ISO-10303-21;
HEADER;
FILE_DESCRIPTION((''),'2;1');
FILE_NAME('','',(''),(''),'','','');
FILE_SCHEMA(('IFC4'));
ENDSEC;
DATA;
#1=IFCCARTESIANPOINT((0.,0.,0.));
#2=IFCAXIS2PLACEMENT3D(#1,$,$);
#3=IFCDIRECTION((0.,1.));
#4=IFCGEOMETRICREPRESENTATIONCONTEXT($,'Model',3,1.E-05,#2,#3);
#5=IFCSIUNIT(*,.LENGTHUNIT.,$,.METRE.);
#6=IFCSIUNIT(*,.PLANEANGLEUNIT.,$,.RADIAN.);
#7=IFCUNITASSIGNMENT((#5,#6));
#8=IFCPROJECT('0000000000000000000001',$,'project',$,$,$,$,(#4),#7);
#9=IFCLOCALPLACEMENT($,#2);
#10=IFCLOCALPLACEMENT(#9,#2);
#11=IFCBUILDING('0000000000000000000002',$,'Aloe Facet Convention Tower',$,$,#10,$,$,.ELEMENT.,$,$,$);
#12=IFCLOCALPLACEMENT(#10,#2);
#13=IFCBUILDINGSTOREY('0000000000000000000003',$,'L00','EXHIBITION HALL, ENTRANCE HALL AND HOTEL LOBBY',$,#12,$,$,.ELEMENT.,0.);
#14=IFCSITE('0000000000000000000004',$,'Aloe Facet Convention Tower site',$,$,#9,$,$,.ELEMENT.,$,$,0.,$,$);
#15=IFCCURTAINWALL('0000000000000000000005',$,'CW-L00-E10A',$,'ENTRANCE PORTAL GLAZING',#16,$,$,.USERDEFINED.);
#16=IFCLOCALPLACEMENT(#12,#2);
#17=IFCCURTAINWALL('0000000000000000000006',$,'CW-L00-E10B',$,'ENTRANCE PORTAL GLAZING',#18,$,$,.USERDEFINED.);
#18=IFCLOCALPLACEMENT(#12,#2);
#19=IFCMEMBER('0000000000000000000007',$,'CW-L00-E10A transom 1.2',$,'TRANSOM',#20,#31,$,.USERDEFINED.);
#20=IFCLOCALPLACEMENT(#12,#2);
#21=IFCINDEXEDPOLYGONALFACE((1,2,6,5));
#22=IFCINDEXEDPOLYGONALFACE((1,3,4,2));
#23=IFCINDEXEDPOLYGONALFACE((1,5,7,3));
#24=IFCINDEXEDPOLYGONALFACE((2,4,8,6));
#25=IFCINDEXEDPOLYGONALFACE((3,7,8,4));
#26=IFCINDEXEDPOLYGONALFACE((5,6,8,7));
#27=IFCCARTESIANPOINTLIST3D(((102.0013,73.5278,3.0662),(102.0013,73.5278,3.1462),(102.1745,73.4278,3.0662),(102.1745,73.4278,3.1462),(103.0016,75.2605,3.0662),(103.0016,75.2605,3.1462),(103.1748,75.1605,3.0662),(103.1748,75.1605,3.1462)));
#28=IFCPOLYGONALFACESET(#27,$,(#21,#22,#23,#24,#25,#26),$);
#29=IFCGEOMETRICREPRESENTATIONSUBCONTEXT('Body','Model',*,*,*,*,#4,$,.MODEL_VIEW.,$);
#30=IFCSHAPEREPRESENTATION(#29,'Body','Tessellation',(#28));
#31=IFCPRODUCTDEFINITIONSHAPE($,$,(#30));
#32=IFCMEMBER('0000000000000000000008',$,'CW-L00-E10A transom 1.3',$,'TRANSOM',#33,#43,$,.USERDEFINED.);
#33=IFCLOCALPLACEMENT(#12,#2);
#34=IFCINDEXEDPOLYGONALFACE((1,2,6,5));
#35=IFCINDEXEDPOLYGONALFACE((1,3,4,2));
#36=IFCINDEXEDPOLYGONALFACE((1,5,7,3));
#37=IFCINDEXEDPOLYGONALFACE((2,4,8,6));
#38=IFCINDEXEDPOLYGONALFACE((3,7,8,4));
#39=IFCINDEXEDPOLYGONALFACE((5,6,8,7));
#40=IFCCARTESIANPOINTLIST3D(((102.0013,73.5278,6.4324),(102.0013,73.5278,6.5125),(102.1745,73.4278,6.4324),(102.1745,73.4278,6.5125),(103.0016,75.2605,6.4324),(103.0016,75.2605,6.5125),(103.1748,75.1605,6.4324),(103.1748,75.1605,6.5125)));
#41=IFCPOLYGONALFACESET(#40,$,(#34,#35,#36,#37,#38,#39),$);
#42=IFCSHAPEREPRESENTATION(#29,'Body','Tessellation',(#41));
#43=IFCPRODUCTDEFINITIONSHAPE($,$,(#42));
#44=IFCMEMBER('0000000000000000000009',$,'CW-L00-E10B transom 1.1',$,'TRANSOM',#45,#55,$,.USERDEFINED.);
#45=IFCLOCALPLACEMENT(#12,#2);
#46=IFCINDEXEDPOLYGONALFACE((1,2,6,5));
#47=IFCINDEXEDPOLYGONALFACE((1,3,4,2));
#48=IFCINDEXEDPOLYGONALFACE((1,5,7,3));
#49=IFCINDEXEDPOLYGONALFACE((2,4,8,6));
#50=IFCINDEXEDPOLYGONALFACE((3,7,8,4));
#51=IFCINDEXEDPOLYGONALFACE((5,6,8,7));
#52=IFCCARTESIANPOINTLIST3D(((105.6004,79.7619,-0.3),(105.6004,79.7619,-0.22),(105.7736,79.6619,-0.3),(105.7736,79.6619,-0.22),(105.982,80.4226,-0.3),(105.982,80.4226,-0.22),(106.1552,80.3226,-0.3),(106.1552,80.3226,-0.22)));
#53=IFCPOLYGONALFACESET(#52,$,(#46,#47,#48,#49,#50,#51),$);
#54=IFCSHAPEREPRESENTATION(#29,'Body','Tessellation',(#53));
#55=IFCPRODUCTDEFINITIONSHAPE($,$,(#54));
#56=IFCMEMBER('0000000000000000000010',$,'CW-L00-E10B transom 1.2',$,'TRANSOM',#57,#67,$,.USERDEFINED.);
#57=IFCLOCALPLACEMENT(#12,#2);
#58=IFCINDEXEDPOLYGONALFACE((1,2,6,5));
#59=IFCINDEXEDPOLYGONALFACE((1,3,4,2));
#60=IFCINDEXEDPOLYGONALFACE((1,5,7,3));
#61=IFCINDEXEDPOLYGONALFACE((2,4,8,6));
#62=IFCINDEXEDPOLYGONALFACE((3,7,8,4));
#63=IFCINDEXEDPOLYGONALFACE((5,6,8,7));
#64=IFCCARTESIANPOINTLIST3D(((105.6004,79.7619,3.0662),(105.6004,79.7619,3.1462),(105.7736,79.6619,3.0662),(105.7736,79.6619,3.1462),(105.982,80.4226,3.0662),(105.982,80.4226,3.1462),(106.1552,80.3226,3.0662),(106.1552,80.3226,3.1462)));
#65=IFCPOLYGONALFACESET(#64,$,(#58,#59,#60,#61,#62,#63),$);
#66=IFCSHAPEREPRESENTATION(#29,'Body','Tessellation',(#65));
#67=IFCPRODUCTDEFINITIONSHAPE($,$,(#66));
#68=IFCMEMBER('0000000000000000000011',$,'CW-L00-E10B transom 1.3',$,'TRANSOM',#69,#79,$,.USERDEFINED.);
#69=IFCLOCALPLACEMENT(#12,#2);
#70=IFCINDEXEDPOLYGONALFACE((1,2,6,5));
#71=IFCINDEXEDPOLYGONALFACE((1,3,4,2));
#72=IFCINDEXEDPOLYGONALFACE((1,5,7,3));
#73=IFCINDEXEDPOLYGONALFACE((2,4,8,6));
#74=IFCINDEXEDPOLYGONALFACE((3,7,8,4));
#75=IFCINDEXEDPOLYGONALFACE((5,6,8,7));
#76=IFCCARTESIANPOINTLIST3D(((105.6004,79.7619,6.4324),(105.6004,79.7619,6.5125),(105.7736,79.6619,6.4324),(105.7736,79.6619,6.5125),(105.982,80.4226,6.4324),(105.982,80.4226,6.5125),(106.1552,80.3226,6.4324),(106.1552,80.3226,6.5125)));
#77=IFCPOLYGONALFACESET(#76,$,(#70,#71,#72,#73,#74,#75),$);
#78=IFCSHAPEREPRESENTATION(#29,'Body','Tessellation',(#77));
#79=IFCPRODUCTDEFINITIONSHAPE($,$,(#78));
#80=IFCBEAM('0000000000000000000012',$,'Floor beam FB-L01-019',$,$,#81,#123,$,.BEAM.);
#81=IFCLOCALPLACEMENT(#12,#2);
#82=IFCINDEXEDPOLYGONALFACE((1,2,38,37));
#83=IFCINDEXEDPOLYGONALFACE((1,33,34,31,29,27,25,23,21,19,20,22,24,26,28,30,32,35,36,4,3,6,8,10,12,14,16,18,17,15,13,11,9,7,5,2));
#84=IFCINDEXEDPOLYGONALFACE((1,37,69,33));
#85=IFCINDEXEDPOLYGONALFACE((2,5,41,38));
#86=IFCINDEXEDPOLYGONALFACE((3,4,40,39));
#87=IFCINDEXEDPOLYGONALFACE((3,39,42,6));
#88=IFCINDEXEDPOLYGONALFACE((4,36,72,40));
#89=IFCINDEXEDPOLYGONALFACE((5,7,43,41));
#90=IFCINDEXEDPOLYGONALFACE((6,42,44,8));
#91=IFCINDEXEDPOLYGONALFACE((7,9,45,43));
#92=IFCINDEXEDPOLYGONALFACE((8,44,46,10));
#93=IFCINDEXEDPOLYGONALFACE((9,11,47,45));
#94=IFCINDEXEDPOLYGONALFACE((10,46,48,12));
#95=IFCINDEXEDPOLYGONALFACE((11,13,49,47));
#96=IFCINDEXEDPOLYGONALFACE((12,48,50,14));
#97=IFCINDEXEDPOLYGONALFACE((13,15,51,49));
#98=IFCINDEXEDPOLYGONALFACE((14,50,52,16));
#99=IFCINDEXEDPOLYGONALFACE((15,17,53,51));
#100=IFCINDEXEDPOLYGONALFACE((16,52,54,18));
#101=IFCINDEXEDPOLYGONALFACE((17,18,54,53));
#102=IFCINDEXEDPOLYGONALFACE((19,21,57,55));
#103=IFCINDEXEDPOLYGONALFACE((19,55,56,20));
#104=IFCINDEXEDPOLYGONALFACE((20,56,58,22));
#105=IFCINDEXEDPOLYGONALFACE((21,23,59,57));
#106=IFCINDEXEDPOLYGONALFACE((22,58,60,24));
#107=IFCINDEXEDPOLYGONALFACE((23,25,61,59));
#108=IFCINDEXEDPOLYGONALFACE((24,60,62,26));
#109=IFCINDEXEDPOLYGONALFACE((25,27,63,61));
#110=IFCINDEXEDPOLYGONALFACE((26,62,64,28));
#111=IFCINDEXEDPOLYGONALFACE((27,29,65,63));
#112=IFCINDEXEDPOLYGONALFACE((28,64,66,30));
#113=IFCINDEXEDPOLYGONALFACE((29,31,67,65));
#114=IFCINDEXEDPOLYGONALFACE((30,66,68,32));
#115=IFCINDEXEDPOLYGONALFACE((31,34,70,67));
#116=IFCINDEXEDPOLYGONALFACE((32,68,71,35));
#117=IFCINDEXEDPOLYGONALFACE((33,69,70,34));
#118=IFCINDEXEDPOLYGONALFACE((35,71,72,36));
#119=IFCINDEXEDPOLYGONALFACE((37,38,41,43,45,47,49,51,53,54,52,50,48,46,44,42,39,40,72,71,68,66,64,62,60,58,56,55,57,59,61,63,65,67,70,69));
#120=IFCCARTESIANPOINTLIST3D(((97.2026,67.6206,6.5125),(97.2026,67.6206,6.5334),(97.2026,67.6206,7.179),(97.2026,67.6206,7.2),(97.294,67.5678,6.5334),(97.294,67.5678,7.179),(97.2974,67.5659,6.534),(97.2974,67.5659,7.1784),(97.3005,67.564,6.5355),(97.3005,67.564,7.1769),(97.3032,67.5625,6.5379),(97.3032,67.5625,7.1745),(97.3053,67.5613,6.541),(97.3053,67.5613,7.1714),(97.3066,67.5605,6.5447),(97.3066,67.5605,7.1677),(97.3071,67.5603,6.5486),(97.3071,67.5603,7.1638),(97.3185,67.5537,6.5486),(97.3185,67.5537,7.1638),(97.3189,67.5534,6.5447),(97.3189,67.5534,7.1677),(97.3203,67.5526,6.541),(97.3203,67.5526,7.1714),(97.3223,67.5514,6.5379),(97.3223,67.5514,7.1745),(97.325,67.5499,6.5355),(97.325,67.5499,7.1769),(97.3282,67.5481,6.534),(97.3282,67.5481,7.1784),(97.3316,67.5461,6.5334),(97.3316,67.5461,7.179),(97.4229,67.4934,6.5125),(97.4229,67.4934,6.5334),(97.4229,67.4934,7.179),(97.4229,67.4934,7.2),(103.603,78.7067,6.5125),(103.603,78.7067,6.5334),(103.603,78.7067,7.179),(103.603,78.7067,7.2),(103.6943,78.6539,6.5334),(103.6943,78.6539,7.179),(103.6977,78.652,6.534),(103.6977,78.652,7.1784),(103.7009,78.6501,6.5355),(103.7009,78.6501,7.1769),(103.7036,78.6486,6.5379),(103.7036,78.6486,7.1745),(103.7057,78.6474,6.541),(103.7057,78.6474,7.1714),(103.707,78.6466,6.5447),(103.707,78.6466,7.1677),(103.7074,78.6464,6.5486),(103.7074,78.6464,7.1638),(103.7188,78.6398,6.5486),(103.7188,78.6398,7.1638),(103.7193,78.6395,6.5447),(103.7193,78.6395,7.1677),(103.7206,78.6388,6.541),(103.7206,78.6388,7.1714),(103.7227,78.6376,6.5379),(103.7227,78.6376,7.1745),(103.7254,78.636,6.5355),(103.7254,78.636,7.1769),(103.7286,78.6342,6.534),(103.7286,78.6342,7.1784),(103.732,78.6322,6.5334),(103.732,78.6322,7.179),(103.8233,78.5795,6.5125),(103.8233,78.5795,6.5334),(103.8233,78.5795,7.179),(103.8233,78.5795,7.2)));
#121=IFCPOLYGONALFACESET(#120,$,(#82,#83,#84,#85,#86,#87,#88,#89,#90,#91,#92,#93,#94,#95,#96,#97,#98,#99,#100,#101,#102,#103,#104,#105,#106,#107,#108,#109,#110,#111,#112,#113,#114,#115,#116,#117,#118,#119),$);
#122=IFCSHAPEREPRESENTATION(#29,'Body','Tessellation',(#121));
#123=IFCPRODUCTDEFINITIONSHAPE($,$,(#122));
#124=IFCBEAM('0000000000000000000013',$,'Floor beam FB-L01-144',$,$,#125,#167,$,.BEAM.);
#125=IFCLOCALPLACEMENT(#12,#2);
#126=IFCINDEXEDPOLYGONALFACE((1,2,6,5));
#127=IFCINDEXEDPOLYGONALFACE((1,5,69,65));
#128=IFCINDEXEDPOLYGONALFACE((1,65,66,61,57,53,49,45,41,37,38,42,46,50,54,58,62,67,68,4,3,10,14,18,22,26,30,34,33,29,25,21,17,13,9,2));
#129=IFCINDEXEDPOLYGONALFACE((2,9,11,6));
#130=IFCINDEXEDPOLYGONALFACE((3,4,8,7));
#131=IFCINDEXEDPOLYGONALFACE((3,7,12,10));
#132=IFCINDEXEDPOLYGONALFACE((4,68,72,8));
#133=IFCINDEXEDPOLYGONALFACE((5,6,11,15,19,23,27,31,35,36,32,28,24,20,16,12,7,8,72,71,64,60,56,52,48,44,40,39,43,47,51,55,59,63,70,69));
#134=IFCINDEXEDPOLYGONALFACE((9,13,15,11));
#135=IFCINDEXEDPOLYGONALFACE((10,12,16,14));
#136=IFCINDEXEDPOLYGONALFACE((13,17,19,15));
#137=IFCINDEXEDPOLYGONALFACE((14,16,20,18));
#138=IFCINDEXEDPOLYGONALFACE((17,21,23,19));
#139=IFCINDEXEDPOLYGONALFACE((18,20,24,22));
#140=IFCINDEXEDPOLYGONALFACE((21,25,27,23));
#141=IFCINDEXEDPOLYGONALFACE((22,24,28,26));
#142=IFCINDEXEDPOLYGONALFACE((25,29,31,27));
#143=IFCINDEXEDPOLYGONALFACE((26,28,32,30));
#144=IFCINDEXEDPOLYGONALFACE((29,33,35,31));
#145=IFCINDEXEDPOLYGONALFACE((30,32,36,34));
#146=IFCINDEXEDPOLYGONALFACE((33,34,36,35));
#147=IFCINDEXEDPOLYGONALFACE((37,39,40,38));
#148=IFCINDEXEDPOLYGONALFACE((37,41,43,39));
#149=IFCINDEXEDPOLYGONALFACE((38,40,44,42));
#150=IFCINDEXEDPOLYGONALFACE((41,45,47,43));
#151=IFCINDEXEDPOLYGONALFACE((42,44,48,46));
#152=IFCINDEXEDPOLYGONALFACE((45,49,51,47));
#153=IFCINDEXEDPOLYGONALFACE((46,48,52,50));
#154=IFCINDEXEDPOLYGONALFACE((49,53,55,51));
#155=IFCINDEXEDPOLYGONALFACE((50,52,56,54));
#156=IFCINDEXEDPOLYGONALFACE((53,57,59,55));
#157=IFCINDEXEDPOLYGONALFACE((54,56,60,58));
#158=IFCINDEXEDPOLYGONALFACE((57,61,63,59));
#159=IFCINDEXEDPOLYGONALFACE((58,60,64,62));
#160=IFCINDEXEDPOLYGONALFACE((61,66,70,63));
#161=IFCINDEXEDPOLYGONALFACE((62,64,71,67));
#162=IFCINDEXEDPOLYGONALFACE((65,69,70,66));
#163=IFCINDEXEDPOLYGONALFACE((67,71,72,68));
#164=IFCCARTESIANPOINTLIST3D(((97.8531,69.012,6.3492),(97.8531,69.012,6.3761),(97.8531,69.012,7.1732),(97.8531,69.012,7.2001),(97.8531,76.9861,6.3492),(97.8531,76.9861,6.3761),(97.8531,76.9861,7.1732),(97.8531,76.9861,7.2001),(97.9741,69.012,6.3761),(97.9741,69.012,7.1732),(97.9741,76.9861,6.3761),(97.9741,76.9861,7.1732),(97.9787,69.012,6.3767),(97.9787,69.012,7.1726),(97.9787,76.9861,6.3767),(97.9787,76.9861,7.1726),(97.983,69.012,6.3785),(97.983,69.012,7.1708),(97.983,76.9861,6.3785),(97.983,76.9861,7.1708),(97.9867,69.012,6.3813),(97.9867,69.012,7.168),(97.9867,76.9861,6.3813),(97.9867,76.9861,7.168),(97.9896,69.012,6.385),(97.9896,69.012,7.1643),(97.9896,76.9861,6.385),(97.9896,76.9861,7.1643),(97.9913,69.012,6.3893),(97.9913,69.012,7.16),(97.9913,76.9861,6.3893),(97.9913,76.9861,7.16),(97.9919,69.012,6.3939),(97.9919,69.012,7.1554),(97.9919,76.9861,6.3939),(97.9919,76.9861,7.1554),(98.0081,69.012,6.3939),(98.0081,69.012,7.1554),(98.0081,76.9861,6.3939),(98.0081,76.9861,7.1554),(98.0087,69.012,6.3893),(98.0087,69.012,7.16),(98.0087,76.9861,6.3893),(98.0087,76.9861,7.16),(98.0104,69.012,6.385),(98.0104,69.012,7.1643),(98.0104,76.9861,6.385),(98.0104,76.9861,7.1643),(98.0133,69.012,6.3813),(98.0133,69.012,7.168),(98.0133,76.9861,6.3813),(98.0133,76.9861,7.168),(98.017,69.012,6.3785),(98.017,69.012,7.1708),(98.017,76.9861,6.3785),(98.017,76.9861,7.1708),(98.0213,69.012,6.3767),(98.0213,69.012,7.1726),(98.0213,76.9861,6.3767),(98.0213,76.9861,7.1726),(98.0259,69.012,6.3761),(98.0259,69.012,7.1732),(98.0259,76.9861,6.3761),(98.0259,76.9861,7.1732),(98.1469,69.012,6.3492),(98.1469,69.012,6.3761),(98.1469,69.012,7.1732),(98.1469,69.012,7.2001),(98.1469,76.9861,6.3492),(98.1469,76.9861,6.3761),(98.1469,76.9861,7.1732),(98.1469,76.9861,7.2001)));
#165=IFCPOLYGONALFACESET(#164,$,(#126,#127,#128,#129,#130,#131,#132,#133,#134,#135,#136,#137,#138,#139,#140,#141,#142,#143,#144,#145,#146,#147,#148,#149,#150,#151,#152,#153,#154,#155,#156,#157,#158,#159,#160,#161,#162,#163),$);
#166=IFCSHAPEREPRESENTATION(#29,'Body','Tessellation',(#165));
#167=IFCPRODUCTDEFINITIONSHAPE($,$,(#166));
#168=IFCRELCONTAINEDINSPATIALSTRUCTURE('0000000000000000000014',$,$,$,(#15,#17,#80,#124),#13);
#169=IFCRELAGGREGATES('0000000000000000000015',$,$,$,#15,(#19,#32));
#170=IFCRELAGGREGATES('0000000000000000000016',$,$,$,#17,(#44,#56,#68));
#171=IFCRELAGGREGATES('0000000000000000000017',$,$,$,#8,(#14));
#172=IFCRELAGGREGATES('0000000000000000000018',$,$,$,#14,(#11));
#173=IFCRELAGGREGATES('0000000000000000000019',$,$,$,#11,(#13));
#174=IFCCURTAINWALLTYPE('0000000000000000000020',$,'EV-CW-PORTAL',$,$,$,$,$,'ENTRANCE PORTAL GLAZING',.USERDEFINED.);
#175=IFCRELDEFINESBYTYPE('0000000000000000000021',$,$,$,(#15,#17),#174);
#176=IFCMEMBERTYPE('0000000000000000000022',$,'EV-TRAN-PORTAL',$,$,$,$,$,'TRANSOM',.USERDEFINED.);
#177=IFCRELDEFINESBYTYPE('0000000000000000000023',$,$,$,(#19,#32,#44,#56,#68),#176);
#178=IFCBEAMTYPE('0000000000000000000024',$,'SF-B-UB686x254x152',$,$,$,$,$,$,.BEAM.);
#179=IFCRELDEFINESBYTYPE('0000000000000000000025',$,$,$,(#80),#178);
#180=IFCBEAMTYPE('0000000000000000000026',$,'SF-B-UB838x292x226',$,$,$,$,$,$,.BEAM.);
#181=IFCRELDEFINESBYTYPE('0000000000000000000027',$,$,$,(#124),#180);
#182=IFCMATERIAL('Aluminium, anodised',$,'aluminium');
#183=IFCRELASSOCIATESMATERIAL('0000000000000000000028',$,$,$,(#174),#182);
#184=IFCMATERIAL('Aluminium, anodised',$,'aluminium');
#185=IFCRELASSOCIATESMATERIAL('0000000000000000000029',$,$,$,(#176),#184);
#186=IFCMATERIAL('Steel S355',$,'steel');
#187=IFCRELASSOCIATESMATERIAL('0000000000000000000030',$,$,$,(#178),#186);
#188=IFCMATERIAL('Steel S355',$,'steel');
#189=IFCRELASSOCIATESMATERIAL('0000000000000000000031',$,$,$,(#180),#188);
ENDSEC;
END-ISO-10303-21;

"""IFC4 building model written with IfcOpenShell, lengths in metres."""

from ifc_helpers import new_model, si_unit, direction, frame, origin, origin_2d, place, context, subcontext, project, spatial, rectangle, i_section, extrude, material, material_profile, profile_set, type_object, element, aggregate, save


model = new_model("IFC4")

# Units and contexts
model_context = context("Model", 3, precision=1e-05, world=origin(), true_north=direction((0.0, 1.0)))
body_context = subcontext(model_context, "Body", "Model", "MODEL_VIEW")
ifc_project = project(units=[si_unit("LENGTHUNIT", "METRE"), si_unit("PLANEANGLEUNIT", "RADIAN")], contexts=[model_context])

# Site, building, storey
site_placement = place(None, origin())
site = spatial("IfcSite", under=ifc_project, at=site_placement, Name="Aloe Facet Convention Tower site", CompositionType="ELEMENT", RefElevation=0.0)
building_placement = place(site_placement, origin())
building = spatial("IfcBuilding", under=site, at=building_placement, Name="Aloe Facet Convention Tower", CompositionType="ELEMENT")
storey_placement = place(building_placement, origin())
storey = spatial("IfcBuildingStorey", under=building, at=storey_placement, Name="L00", Description="EXHIBITION HALL, ENTRANCE HALL AND HOTEL LOBBY", CompositionType="ELEMENT", Elevation=0.0)

# Curtain wall
ifc_material_1 = material(Name="Aluminium, anodised", Category="aluminium")
curtain_wall_type = type_object("IfcCurtainWallType", Name="EV-CW-PORTAL", ElementType="ENTRANCE PORTAL GLAZING", PredefinedType="USERDEFINED", material=ifc_material_1)
curtain_wall_1_placement = place(storey_placement, origin())
curtain_wall_1 = element("IfcCurtainWall", 1, at=curtain_wall_1_placement, inside=storey, type_object=curtain_wall_type, Name="CW-L00-E10A", ObjectType="ENTRANCE PORTAL GLAZING", PredefinedType="USERDEFINED")

# Curtain wall
curtain_wall_2_placement = place(storey_placement, origin())
curtain_wall_2 = element("IfcCurtainWall", 2, at=curtain_wall_2_placement, inside=storey, type_object=curtain_wall_type, Name="CW-L00-E10B", ObjectType="ENTRANCE PORTAL GLAZING", PredefinedType="USERDEFINED")

# Members
ifc_material_2 = material(Name="Aluminium, anodised", Category="aluminium")
ifc_material_profile_1 = material_profile(ifc_material_2, rectangle(XDim=0.2, YDim=0.0801, at=origin_2d()), Name="AL 200x80")
ifc_profile_set_1 = profile_set([ifc_material_profile_1], Name="Aluminium, anodised")
member_type_1 = type_object("IfcMemberType", Name="EV-TRAN-PORTAL", ElementType="TRANSOM", PredefinedType="USERDEFINED", material=ifc_profile_set_1)
member_1_placement = place(storey_placement, frame((102.0879, 73.4778, 3.1062), z_axis=(0.499958, 0.866049, 0.0), x_axis=(-0.866049, 0.499958, 0.0)))
member_1 = element("IfcMember", 3, at=member_1_placement, type_object=member_type_1, Name="CW-L00-E10A transom 1.2", ObjectType="TRANSOM", PredefinedType="USERDEFINED", context=body_context, shape_type="SweptSolid", body=[
    extrude(rectangle(XDim=0.2, YDim=0.0801, at=origin_2d()), origin(), (0.0, 0.0, 1.0), 2.0007),
])
member_2_placement = place(storey_placement, frame((102.0879, 73.4778, 6.4724), z_axis=(0.499958, 0.866049, 0.0), x_axis=(-0.866049, 0.499958, 0.0)))
member_2 = element("IfcMember", 4, at=member_2_placement, type_object=member_type_1, Name="CW-L00-E10A transom 1.3", ObjectType="TRANSOM", PredefinedType="USERDEFINED", context=body_context, shape_type="SweptSolid", body=[
    extrude(rectangle(XDim=0.2, YDim=0.0801, at=origin_2d()), origin(), (0.0, 0.0, 1.0), 2.0007),
])
member_3_placement = place(storey_placement, frame((105.687, 79.7119, -0.26), z_axis=(0.500166, 0.86593, 0.0), x_axis=(-0.86593, 0.500166, 0.0)))
member_3 = element("IfcMember", 5, at=member_3_placement, type_object=member_type_1, Name="CW-L00-E10B transom 1.1", ObjectType="TRANSOM", PredefinedType="USERDEFINED", context=body_context, shape_type="SweptSolid", body=[
    extrude(rectangle(XDim=0.2, YDim=0.0801, at=origin_2d()), origin(), (0.0, 0.0, 1.0), 0.7629),
])
member_4_placement = place(storey_placement, frame((105.687, 79.7119, 3.1062), z_axis=(0.500166, 0.86593, 0.0), x_axis=(-0.86593, 0.500166, 0.0)))
member_4 = element("IfcMember", 6, at=member_4_placement, type_object=member_type_1, Name="CW-L00-E10B transom 1.2", ObjectType="TRANSOM", PredefinedType="USERDEFINED", context=body_context, shape_type="SweptSolid", body=[
    extrude(rectangle(XDim=0.2, YDim=0.0801, at=origin_2d()), origin(), (0.0, 0.0, 1.0), 0.7629),
])
member_5_placement = place(storey_placement, frame((105.687, 79.7119, 6.4724), z_axis=(0.500166, 0.86593, 0.0), x_axis=(-0.86593, 0.500166, 0.0)))
member_5 = element("IfcMember", 7, at=member_5_placement, type_object=member_type_1, Name="CW-L00-E10B transom 1.3", ObjectType="TRANSOM", PredefinedType="USERDEFINED", context=body_context, shape_type="SweptSolid", body=[
    extrude(rectangle(XDim=0.2, YDim=0.0801, at=origin_2d()), origin(), (0.0, 0.0, 1.0), 0.7629),
])

# Beams
ifc_material_3 = material(Name="Steel S355", Category="steel")
ifc_material_profile_2 = material_profile(ifc_material_3, i_section(OverallWidth=0.2544, OverallDepth=0.6875, WebThickness=0.0132, FlangeThickness=0.021, FilletRadius=0.0151, at=origin_2d()), Name="UB 686x254x152")
ifc_profile_set_2 = profile_set([ifc_material_profile_2], Name="Steel S355")
beam_type_1 = type_object("IfcBeamType", Name="SF-B-UB686x254x152", PredefinedType="BEAM", material=ifc_profile_set_2)
beam_1_placement = place(storey_placement, frame((103.7131, 78.6431, 6.8562), z_axis=(-0.499987, -0.866033, 0.0), x_axis=(0.866033, -0.499987, 0.0)))
element("IfcBeam", 8, at=beam_1_placement, inside=storey, type_object=beam_type_1, Name="Floor beam FB-L01-019", PredefinedType="BEAM", context=body_context, shape_type="SweptSolid", body=[
    extrude(i_section(OverallWidth=0.2544, OverallDepth=0.6875, WebThickness=0.0132, FlangeThickness=0.021, FilletRadius=0.0151, at=origin_2d()), origin(), (0.0, 0.0, 1.0), 12.801),
])
ifc_material_4 = material(Name="Steel S355", Category="steel")
ifc_material_profile_3 = material_profile(ifc_material_4, i_section(OverallWidth=0.2937, OverallDepth=0.8508, WebThickness=0.0161, FlangeThickness=0.0269, FilletRadius=0.0178, at=origin_2d()), Name="UB 838x292x226")
ifc_profile_set_3 = profile_set([ifc_material_profile_3], Name="Steel S355")
beam_type_2 = type_object("IfcBeamType", Name="SF-B-UB838x292x226", PredefinedType="BEAM", material=ifc_profile_set_3)
beam_2_placement = place(storey_placement, frame((98.0, 69.012, 6.7747), z_axis=(0.0, 1.0, 0.0), x_axis=(-1.0, 0.0, 0.0)))
element("IfcBeam", 9, at=beam_2_placement, inside=storey, type_object=beam_type_2, Name="Floor beam FB-L01-144", PredefinedType="BEAM", context=body_context, shape_type="SweptSolid", body=[
    extrude(i_section(OverallWidth=0.2937, OverallDepth=0.8508, WebThickness=0.0161, FlangeThickness=0.0269, FilletRadius=0.0178, at=origin_2d()), origin(), (0.0, 0.0, 1.0), 7.9741),
])

aggregate(curtain_wall_1, [member_1, member_2])
aggregate(curtain_wall_2, [member_3, member_4, member_5])

save(model, "model.ifc")
